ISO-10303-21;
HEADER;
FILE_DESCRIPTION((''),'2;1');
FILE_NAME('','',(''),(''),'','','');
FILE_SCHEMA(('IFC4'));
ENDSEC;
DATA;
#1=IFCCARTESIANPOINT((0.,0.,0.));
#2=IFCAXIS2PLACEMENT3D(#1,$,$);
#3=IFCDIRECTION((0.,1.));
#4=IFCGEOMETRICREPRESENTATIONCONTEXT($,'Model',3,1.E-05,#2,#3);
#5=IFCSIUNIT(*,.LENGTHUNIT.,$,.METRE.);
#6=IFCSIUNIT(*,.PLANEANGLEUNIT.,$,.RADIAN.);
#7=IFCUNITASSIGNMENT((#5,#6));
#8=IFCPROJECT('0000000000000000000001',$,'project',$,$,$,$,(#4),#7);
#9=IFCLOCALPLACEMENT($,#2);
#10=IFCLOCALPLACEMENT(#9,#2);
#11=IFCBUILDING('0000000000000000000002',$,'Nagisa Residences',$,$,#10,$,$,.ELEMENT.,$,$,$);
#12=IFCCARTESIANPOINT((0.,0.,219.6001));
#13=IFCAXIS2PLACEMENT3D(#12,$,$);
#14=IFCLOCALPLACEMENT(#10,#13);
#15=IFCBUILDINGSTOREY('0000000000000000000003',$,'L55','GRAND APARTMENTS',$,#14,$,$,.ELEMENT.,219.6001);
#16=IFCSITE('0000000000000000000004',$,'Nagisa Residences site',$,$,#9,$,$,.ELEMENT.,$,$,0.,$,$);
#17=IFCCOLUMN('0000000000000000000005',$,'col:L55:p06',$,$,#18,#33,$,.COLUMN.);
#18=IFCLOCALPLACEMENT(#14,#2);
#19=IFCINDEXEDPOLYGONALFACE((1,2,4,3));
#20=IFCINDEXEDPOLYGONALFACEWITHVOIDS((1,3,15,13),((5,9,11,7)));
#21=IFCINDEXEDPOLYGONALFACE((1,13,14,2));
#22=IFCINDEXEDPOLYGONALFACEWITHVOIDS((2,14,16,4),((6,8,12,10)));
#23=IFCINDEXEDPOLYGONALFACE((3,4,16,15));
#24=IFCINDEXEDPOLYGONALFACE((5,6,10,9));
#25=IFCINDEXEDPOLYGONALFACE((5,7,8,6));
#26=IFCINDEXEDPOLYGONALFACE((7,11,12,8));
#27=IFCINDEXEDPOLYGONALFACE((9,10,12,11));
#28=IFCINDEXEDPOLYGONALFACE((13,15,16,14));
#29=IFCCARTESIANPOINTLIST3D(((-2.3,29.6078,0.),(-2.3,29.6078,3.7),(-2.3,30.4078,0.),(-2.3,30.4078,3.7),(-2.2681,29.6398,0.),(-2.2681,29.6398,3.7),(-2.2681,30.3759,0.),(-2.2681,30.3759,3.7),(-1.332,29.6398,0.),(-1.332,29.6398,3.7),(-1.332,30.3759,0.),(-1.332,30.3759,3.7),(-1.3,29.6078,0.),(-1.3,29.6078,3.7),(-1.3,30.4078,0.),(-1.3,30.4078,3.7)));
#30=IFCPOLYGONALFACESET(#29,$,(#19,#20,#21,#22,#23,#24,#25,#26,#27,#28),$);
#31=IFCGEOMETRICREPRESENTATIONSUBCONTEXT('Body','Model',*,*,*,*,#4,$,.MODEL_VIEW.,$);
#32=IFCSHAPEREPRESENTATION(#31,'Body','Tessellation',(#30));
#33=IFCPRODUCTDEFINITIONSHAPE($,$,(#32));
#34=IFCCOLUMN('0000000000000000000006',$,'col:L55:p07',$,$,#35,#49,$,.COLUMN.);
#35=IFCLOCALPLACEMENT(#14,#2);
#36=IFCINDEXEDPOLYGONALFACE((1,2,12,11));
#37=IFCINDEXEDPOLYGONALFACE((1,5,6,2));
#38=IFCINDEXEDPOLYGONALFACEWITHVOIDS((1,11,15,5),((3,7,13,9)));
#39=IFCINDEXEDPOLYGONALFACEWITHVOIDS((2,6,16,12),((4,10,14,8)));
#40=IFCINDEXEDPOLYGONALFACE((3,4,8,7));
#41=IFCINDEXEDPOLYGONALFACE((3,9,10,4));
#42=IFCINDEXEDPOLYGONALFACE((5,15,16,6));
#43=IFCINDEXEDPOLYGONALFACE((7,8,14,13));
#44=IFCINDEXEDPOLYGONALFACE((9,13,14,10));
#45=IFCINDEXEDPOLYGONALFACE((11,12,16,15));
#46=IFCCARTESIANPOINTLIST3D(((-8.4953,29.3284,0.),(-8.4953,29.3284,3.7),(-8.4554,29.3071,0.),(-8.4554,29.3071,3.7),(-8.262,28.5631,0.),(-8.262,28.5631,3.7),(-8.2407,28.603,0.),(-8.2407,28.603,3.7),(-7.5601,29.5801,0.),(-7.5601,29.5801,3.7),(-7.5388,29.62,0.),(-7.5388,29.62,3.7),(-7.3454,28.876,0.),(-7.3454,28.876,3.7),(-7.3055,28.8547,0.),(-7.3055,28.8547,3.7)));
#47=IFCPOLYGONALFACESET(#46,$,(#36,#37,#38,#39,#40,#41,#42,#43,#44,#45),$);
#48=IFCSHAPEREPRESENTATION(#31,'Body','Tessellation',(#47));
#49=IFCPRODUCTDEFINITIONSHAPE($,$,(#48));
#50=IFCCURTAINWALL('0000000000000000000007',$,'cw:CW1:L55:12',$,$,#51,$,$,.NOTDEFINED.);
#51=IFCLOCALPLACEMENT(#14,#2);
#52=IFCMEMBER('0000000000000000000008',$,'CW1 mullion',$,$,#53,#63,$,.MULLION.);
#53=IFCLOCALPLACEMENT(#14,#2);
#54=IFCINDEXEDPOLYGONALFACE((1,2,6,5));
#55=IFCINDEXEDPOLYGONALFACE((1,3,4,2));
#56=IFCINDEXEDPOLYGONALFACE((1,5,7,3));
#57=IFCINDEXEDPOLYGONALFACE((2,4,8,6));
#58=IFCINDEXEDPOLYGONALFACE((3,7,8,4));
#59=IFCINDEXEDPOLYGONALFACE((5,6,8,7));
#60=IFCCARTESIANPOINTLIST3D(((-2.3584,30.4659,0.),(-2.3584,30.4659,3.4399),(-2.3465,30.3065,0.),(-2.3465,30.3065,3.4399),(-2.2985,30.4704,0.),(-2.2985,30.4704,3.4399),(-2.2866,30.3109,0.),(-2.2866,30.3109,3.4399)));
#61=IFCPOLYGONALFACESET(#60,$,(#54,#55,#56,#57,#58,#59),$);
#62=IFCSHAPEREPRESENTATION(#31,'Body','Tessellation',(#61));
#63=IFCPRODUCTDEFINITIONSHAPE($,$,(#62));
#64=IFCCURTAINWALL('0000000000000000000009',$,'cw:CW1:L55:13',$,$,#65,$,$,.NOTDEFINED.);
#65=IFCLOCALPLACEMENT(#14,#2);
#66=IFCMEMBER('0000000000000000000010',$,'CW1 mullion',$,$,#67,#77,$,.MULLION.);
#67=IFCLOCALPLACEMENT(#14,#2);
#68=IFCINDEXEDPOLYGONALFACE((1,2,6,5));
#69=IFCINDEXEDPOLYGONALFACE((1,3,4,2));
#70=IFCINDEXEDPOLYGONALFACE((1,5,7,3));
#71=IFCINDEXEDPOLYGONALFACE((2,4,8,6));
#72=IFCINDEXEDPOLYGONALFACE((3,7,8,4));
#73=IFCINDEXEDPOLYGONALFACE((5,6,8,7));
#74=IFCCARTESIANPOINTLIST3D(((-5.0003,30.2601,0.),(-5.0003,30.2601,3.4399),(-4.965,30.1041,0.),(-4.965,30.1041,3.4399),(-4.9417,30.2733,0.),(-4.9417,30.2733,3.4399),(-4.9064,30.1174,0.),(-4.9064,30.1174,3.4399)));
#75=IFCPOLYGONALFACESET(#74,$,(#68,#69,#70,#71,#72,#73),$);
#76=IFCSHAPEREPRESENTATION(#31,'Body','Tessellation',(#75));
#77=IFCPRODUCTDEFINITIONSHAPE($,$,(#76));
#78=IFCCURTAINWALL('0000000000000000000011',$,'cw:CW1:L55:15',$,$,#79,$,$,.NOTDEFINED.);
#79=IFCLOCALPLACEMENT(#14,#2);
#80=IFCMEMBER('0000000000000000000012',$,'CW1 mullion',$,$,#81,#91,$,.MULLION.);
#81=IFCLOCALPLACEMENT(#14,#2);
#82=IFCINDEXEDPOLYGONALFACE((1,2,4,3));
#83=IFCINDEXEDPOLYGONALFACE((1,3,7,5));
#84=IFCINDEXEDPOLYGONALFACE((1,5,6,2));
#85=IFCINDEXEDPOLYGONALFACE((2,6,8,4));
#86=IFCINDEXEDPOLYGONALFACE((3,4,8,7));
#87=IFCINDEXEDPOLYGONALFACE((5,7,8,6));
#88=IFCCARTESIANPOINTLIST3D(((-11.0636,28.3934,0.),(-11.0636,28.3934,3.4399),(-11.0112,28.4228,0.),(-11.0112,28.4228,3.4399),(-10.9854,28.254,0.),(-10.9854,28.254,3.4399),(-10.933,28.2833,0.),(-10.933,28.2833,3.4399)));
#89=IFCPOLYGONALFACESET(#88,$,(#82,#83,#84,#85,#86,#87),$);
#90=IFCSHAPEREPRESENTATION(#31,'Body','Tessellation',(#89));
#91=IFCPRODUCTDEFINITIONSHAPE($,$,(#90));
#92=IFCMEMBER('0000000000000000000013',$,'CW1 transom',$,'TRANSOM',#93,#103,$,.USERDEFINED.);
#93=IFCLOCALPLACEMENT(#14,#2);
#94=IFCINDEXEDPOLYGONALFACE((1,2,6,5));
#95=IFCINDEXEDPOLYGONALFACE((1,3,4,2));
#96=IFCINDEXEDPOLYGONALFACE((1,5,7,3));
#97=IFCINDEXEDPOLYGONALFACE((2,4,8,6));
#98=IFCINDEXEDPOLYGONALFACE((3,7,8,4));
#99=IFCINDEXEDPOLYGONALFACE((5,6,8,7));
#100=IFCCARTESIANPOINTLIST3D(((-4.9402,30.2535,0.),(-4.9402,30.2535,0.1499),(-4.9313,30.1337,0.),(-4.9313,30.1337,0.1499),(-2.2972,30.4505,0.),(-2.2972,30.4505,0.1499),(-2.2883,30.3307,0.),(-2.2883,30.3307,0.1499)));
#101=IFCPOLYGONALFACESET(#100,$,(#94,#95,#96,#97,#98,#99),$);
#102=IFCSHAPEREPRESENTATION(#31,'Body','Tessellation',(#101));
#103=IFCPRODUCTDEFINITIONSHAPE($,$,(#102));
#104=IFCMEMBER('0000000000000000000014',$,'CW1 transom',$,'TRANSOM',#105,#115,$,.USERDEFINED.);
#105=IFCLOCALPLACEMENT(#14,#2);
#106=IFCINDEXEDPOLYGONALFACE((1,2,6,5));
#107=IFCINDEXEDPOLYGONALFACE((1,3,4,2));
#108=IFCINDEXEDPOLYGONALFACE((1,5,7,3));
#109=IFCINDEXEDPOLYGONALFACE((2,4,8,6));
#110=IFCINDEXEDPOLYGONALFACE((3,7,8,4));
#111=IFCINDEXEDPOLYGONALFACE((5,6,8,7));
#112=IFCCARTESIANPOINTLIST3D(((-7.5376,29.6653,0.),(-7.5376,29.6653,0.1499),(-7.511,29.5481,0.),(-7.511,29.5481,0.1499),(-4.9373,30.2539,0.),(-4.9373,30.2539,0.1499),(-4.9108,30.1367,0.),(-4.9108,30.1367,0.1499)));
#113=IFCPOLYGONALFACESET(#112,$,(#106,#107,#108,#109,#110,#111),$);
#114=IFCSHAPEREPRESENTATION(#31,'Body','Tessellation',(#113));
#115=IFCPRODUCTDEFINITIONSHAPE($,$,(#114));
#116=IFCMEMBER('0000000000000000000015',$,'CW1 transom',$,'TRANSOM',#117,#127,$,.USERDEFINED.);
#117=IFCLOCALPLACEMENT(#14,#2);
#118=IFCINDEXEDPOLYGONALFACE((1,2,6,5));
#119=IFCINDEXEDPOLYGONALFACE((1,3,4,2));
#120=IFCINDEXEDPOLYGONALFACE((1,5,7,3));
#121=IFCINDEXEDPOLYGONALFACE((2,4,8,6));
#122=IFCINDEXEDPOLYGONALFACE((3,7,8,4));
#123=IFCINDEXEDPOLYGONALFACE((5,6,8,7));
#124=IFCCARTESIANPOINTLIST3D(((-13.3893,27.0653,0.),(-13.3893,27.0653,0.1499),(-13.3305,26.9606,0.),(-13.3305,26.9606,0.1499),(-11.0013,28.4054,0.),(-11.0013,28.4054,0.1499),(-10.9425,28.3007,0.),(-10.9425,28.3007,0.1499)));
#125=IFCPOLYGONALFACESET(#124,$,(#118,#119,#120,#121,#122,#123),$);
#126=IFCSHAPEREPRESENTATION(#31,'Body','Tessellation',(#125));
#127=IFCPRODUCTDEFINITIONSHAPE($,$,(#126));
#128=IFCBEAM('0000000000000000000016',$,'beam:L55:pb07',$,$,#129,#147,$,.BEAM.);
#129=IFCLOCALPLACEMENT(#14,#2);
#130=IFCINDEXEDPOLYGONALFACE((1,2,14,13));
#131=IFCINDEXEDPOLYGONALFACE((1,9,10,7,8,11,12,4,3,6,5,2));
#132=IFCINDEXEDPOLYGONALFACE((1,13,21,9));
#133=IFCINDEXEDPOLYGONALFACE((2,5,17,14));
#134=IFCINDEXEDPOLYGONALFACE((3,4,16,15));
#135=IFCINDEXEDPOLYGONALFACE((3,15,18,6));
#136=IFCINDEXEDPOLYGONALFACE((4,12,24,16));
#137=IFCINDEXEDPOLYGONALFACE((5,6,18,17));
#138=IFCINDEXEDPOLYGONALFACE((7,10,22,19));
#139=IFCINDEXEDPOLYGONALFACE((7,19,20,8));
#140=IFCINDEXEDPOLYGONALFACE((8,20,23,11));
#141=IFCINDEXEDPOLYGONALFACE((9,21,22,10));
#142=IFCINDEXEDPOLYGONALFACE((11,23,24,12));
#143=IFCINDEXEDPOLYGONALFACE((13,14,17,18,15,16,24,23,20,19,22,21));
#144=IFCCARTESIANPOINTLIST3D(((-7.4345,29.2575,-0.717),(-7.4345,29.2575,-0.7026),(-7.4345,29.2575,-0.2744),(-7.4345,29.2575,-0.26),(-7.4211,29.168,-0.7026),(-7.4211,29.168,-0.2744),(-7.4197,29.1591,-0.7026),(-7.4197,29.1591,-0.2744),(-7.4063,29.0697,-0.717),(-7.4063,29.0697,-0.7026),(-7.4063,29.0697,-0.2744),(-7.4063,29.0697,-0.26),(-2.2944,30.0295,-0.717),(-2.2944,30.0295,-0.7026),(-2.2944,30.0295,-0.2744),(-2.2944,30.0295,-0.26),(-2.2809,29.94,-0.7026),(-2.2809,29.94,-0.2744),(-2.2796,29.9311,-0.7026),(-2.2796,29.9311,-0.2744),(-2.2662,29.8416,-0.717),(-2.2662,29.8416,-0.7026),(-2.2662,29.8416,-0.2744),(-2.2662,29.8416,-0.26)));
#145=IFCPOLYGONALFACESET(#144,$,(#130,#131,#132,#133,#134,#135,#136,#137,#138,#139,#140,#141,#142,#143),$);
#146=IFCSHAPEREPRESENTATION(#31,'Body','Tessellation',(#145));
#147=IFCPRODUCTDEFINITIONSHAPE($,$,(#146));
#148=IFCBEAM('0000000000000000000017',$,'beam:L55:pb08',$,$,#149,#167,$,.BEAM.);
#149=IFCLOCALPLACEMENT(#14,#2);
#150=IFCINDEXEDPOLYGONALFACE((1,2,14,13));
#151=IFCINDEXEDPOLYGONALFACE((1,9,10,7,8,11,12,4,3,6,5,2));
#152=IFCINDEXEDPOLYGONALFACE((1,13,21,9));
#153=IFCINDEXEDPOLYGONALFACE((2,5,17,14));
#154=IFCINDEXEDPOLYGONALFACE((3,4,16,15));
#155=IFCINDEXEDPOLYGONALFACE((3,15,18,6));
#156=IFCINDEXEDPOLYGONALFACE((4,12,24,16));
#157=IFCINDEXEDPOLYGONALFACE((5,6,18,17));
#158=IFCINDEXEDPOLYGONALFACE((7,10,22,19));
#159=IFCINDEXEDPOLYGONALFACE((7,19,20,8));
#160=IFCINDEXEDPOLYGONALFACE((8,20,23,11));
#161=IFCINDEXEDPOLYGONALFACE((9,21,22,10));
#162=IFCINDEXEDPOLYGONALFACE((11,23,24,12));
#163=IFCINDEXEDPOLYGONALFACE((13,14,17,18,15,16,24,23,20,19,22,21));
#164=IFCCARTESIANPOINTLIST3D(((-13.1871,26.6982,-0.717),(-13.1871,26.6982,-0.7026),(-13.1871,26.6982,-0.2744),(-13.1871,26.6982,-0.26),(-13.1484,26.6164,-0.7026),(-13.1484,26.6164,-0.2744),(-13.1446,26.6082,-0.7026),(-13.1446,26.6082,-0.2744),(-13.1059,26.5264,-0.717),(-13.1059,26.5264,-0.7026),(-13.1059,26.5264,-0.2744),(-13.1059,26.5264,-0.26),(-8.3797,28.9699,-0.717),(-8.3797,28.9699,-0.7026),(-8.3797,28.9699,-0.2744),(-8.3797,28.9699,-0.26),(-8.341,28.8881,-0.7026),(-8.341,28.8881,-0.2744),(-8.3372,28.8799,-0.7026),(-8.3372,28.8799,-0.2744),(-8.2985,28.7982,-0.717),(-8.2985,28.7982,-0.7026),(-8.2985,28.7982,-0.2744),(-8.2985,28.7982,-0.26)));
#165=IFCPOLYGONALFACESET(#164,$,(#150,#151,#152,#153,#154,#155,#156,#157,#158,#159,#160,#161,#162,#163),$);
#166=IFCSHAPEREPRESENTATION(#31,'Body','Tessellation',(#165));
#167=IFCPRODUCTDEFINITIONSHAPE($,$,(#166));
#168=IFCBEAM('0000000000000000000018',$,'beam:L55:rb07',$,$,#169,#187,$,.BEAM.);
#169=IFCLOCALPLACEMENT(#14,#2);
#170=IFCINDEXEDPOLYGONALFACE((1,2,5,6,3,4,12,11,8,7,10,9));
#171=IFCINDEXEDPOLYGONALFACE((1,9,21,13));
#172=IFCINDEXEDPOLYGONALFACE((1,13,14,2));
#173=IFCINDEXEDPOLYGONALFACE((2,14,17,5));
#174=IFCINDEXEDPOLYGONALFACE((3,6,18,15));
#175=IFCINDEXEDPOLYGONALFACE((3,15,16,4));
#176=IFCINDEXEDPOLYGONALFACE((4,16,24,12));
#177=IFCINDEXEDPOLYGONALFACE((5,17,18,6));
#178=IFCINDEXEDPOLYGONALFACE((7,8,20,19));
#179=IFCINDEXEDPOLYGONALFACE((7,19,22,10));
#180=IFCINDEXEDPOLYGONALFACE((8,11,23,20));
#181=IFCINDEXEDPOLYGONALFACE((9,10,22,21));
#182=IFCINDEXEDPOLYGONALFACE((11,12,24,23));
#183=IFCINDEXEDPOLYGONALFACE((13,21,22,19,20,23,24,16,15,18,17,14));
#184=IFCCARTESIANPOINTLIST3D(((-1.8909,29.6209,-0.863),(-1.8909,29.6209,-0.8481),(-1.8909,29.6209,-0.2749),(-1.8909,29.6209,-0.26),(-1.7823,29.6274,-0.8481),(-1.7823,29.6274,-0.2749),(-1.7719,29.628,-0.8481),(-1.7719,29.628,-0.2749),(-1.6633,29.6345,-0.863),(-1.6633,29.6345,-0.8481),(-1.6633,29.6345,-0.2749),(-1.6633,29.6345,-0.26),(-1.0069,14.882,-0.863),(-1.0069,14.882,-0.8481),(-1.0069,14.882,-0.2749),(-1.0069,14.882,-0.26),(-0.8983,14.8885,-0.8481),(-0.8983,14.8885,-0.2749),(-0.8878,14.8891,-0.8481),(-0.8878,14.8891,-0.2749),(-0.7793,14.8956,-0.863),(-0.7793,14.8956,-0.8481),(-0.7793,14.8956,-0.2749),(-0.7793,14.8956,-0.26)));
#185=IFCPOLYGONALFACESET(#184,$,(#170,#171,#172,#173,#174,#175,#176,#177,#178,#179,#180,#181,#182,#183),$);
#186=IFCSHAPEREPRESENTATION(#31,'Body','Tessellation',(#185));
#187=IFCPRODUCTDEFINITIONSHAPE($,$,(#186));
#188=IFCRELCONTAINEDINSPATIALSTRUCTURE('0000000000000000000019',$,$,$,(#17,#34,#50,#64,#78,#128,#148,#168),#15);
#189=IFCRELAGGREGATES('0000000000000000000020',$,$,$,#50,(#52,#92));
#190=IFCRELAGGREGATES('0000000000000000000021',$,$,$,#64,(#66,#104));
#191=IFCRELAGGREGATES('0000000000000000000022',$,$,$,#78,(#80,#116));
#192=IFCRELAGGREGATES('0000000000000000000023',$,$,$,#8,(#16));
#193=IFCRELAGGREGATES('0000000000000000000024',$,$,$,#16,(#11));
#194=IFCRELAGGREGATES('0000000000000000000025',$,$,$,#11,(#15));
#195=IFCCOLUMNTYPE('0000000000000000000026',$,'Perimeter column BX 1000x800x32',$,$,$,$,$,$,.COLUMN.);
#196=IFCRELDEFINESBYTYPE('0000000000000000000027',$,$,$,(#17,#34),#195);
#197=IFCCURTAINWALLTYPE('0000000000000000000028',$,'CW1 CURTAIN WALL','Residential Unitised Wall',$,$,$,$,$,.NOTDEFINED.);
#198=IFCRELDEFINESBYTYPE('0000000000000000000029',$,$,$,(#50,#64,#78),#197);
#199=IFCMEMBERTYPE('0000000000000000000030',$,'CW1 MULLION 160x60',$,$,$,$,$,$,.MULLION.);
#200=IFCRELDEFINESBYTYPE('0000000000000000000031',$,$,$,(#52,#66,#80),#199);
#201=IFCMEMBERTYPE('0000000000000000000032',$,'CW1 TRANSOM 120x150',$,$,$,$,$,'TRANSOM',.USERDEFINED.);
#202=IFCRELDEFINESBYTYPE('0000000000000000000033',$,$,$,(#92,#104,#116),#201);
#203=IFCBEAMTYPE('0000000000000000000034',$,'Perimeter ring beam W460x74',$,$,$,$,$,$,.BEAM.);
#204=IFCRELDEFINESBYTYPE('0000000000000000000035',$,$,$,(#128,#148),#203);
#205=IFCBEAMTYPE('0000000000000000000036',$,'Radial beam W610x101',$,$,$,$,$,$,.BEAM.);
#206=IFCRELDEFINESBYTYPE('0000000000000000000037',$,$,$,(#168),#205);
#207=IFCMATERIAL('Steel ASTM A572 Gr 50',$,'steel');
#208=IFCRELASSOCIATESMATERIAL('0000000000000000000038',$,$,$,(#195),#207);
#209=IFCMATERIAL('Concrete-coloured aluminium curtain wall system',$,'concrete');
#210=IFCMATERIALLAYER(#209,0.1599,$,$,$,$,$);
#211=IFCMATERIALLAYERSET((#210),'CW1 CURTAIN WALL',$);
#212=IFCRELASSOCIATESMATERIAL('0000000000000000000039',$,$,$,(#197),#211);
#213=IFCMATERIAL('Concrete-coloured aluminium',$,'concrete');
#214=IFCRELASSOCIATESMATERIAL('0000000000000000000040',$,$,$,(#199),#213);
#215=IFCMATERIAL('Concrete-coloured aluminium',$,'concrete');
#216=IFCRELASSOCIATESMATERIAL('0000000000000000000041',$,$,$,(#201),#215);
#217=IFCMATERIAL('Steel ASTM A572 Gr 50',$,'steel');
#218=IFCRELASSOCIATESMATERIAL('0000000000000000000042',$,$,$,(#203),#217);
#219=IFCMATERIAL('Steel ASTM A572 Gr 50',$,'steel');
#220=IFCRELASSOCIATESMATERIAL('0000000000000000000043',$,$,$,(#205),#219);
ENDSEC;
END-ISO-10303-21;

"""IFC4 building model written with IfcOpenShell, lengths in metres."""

from ifc_helpers import new_model, si_unit, direction, frame, origin, origin_2d, place, context, subcontext, project, spatial, rectangle, hollow_rectangle, i_section, extrude, material, layer, layer_set, material_profile, profile_set, type_object, element, aggregate, save


model = new_model("IFC4")

# Units and contexts
model_context = context("Model", 3, precision=1e-05, world=origin(), true_north=direction((0.0, 1.0)))
body_context = subcontext(model_context, "Body", "Model", "MODEL_VIEW")
ifc_project = project(units=[si_unit("LENGTHUNIT", "METRE"), si_unit("PLANEANGLEUNIT", "RADIAN")], contexts=[model_context])

# Site, building, storey
site_placement = place(None, origin())
site = spatial("IfcSite", under=ifc_project, at=site_placement, Name="Nagisa Residences site", CompositionType="ELEMENT", RefElevation=0.0)
building_placement = place(site_placement, origin())
building = spatial("IfcBuilding", under=site, at=building_placement, Name="Nagisa Residences", CompositionType="ELEMENT")
storey_placement = place(building_placement, frame((0.0, 0.0, 219.6001)))
storey = spatial("IfcBuildingStorey", under=building, at=storey_placement, Name="L55", Description="GRAND APARTMENTS", CompositionType="ELEMENT", Elevation=219.6001)

# Columns
ifc_material_1 = material(Name="Steel ASTM A572 Gr 50", Category="steel")
ifc_material_profile_1 = material_profile(ifc_material_1, hollow_rectangle(XDim=1.0, YDim=0.8, WallThickness=0.032, at=origin_2d()), Name="BX 1000x800x32")
ifc_profile_set_1 = profile_set([ifc_material_profile_1], Name="Steel ASTM A572 Gr 50")
column_type = type_object("IfcColumnType", Name="Perimeter column BX 1000x800x32", PredefinedType="COLUMN", material=ifc_profile_set_1)
for number, where, z_axis, x_axis, name in (
    (1, (-1.8, 30.0078, 0.0), (0.0, 0.0, 1.0), (-1.0, 0.0, 0.0), "col:L55:p06"),
    (2, (-7.9004, 29.0916, 0.0), (0.0, 0.0, 1.0), (-0.956525, -0.291652, 0.0), "col:L55:p07"),
):
    element("IfcColumn", number, at=place(storey_placement, frame(where, z_axis=z_axis, x_axis=x_axis)), inside=storey, type_object=column_type, Name=name, PredefinedType="COLUMN", context=body_context, shape_type="SweptSolid", body=[
        extrude(hollow_rectangle(XDim=1.0, YDim=0.8, WallThickness=0.032, at=origin_2d()), origin(), (0.0, 0.0, 1.0), 3.7),
    ])

# Curtain walls, members
ifc_material_2 = material(Name="Concrete-coloured aluminium curtain wall system", Category="concrete")
ifc_layer_1 = layer(ifc_material_2, 0.1599)
ifc_layer_set_1 = layer_set([ifc_layer_1], Name="CW1 CURTAIN WALL")
curtain_wall_type = type_object("IfcCurtainWallType", Name="CW1 CURTAIN WALL", Description="Residential Unitised Wall", PredefinedType="NOTDEFINED", material=ifc_layer_set_1)
curtain_wall_1_placement = place(storey_placement, origin())
curtain_wall_1 = element("IfcCurtainWall", 3, at=curtain_wall_1_placement, inside=storey, type_object=curtain_wall_type, Name="cw:CW1:L55:12", PredefinedType="NOTDEFINED")
ifc_material_3 = material(Name="Concrete-coloured aluminium", Category="concrete")
ifc_material_profile_2 = material_profile(ifc_material_3, rectangle(XDim=0.1599, YDim=0.0601, at=origin_2d()), Name="CW1 MULLION 160x60")
ifc_profile_set_2 = profile_set([ifc_material_profile_2], Name="Concrete-coloured aluminium")
member_type_1 = type_object("IfcMemberType", Name="CW1 MULLION 160x60", PredefinedType="MULLION", material=ifc_profile_set_2)
member_1_placement = place(storey_placement, frame((-2.3225, 30.3884, 0.0), z_axis=(0.0, 0.0, 1.0), x_axis=(0.074377, -0.99723, 0.0)))
member_1 = element("IfcMember", 4, at=member_1_placement, type_object=member_type_1, Name="CW1 mullion", PredefinedType="MULLION", context=body_context, shape_type="SweptSolid", body=[
    extrude(rectangle(XDim=0.1599, YDim=0.0601, at=origin_2d()), origin(), (0.0, 0.0, 1.0), 3.4399),
])
curtain_wall_2_placement = place(storey_placement, origin())
curtain_wall_2 = element("IfcCurtainWall", 5, at=curtain_wall_2_placement, inside=storey, type_object=curtain_wall_type, Name="cw:CW1:L55:13", PredefinedType="NOTDEFINED")
member_2_placement = place(storey_placement, frame((-4.9534, 30.1887, 0.0), z_axis=(0.0, 0.0, 1.0), x_axis=(0.220764, -0.975327, 0.0)))
member_2 = element("IfcMember", 6, at=member_2_placement, type_object=member_type_1, Name="CW1 mullion", PredefinedType="MULLION", context=body_context, shape_type="SweptSolid", body=[
    extrude(rectangle(XDim=0.1599, YDim=0.0601, at=origin_2d()), origin(), (0.0, 0.0, 1.0), 3.4399),
])
curtain_wall_3_placement = place(storey_placement, origin())
curtain_wall_3 = element("IfcCurtainWall", 7, at=curtain_wall_3_placement, inside=storey, type_object=curtain_wall_type, Name="cw:CW1:L55:15", PredefinedType="NOTDEFINED")
member_3_placement = place(storey_placement, frame((-10.9983, 28.3384, 0.0), z_axis=(0.0, 0.0, 1.0), x_axis=(0.489377, -0.872072, 0.0)))
member_3 = element("IfcMember", 8, at=member_3_placement, type_object=member_type_1, Name="CW1 mullion", PredefinedType="MULLION", context=body_context, shape_type="SweptSolid", body=[
    extrude(rectangle(XDim=0.1599, YDim=0.0601, at=origin_2d()), origin(), (0.0, 0.0, 1.0), 3.4399),
])

# Members
ifc_material_4 = material(Name="Concrete-coloured aluminium", Category="concrete")
ifc_material_profile_3 = material_profile(ifc_material_4, rectangle(XDim=0.1201, YDim=0.1499, at=origin_2d()), Name="CW1 TRANSOM 120x150")
ifc_profile_set_3 = profile_set([ifc_material_profile_3], Name="Concrete-coloured aluminium")
member_type_2 = type_object("IfcMemberType", Name="CW1 TRANSOM 120x150", ElementType="TRANSOM", PredefinedType="USERDEFINED", material=ifc_profile_set_3)
member_4_placement = place(storey_placement, frame((-2.2927, 30.3906, 0.075), z_axis=(-0.997233, -0.074337, 0.0), x_axis=(0.074337, -0.997233, 0.0)))
member_4 = element("IfcMember", 9, at=member_4_placement, type_object=member_type_2, Name="CW1 transom", ObjectType="TRANSOM", PredefinedType="USERDEFINED", context=body_context, shape_type="SweptSolid", body=[
    extrude(rectangle(XDim=0.1201, YDim=0.1499, at=origin_2d()), origin(), (0.0, 0.0, 1.0), 2.6504),
])
member_5_placement = place(storey_placement, frame((-4.9241, 30.1953, 0.075), z_axis=(-0.975324, -0.220778, 0.0), x_axis=(0.220778, -0.975324, 0.0)))
member_5 = element("IfcMember", 10, at=member_5_placement, type_object=member_type_2, Name="CW1 transom", ObjectType="TRANSOM", PredefinedType="USERDEFINED", context=body_context, shape_type="SweptSolid", body=[
    extrude(rectangle(XDim=0.1201, YDim=0.1499, at=origin_2d()), origin(), (0.0, 0.0, 1.0), 2.666),
])
member_6_placement = place(storey_placement, frame((-10.9719, 28.353, 0.075), z_axis=(-0.872063, -0.489393, 0.0), x_axis=(0.489393, -0.872063, 0.0)))
member_6 = element("IfcMember", 11, at=member_6_placement, type_object=member_type_2, Name="CW1 transom", ObjectType="TRANSOM", PredefinedType="USERDEFINED", context=body_context, shape_type="SweptSolid", body=[
    extrude(rectangle(XDim=0.1201, YDim=0.1499, at=origin_2d()), origin(), (0.0, 0.0, 1.0), 2.7383),
])

# Beams
ifc_material_5 = material(Name="Steel ASTM A572 Gr 50", Category="steel")
ifc_material_profile_4 = material_profile(ifc_material_5, i_section(OverallWidth=0.1899, OverallDepth=0.457, WebThickness=0.009, FlangeThickness=0.0144, at=origin_2d()), Name="W460x74")
ifc_profile_set_4 = profile_set([ifc_material_profile_4], Name="Steel ASTM A572 Gr 50")
beam_type_1 = type_object("IfcBeamType", Name="Perimeter ring beam W460x74", PredefinedType="BEAM", material=ifc_profile_set_4)
beam_1_placement = place(storey_placement, frame((-2.2803, 29.9355, -0.4885), z_axis=(-0.988909, -0.14852, 0.0), x_axis=(0.14852, -0.988909, 0.0)))
element("IfcBeam", 12, at=beam_1_placement, inside=storey, type_object=beam_type_1, Name="beam:L55:pb07", PredefinedType="BEAM", context=body_context, shape_type="SweptSolid", body=[
    extrude(i_section(OverallWidth=0.1899, OverallDepth=0.457, WebThickness=0.009, FlangeThickness=0.0144, at=origin_2d()), origin(), (0.0, 0.0, 1.0), 5.1978),
])
beam_2_placement = place(storey_placement, frame((-8.3391, 28.884, -0.4885), z_axis=(-0.904134, -0.427249, 0.0), x_axis=(0.427249, -0.904134, 0.0)))
element("IfcBeam", 13, at=beam_2_placement, inside=storey, type_object=beam_type_1, Name="beam:L55:pb08", PredefinedType="BEAM", context=body_context, shape_type="SweptSolid", body=[
    extrude(i_section(OverallWidth=0.1899, OverallDepth=0.457, WebThickness=0.009, FlangeThickness=0.0144, at=origin_2d()), origin(), (0.0, 0.0, 1.0), 5.3171),
])
ifc_material_6 = material(Name="Steel ASTM A572 Gr 50", Category="steel")
ifc_material_profile_5 = material_profile(ifc_material_6, i_section(OverallWidth=0.228, OverallDepth=0.603, WebThickness=0.0105, FlangeThickness=0.0149, at=origin_2d()), Name="W610x101")
ifc_profile_set_5 = profile_set([ifc_material_profile_5], Name="Steel ASTM A572 Gr 50")
beam_type_2 = type_object("IfcBeamType", Name="Radial beam W610x101", PredefinedType="BEAM", material=ifc_profile_set_5)
beam_3_placement = place(storey_placement, frame((-1.7771, 29.6277, -0.5615), z_axis=(0.059872, -0.998206, 0.0), x_axis=(0.998206, 0.059872, 0.0)))
element("IfcBeam", 14, at=beam_3_placement, inside=storey, type_object=beam_type_2, Name="beam:L55:rb07", PredefinedType="BEAM", context=body_context, shape_type="SweptSolid", body=[
    extrude(i_section(OverallWidth=0.228, OverallDepth=0.603, WebThickness=0.0105, FlangeThickness=0.0149, at=origin_2d()), origin(), (0.0, 0.0, 1.0), 14.7654),
])

aggregate(curtain_wall_1, [member_1, member_4])
aggregate(curtain_wall_2, [member_2, member_5])
aggregate(curtain_wall_3, [member_3, member_6])

save(model, "model.ifc")
